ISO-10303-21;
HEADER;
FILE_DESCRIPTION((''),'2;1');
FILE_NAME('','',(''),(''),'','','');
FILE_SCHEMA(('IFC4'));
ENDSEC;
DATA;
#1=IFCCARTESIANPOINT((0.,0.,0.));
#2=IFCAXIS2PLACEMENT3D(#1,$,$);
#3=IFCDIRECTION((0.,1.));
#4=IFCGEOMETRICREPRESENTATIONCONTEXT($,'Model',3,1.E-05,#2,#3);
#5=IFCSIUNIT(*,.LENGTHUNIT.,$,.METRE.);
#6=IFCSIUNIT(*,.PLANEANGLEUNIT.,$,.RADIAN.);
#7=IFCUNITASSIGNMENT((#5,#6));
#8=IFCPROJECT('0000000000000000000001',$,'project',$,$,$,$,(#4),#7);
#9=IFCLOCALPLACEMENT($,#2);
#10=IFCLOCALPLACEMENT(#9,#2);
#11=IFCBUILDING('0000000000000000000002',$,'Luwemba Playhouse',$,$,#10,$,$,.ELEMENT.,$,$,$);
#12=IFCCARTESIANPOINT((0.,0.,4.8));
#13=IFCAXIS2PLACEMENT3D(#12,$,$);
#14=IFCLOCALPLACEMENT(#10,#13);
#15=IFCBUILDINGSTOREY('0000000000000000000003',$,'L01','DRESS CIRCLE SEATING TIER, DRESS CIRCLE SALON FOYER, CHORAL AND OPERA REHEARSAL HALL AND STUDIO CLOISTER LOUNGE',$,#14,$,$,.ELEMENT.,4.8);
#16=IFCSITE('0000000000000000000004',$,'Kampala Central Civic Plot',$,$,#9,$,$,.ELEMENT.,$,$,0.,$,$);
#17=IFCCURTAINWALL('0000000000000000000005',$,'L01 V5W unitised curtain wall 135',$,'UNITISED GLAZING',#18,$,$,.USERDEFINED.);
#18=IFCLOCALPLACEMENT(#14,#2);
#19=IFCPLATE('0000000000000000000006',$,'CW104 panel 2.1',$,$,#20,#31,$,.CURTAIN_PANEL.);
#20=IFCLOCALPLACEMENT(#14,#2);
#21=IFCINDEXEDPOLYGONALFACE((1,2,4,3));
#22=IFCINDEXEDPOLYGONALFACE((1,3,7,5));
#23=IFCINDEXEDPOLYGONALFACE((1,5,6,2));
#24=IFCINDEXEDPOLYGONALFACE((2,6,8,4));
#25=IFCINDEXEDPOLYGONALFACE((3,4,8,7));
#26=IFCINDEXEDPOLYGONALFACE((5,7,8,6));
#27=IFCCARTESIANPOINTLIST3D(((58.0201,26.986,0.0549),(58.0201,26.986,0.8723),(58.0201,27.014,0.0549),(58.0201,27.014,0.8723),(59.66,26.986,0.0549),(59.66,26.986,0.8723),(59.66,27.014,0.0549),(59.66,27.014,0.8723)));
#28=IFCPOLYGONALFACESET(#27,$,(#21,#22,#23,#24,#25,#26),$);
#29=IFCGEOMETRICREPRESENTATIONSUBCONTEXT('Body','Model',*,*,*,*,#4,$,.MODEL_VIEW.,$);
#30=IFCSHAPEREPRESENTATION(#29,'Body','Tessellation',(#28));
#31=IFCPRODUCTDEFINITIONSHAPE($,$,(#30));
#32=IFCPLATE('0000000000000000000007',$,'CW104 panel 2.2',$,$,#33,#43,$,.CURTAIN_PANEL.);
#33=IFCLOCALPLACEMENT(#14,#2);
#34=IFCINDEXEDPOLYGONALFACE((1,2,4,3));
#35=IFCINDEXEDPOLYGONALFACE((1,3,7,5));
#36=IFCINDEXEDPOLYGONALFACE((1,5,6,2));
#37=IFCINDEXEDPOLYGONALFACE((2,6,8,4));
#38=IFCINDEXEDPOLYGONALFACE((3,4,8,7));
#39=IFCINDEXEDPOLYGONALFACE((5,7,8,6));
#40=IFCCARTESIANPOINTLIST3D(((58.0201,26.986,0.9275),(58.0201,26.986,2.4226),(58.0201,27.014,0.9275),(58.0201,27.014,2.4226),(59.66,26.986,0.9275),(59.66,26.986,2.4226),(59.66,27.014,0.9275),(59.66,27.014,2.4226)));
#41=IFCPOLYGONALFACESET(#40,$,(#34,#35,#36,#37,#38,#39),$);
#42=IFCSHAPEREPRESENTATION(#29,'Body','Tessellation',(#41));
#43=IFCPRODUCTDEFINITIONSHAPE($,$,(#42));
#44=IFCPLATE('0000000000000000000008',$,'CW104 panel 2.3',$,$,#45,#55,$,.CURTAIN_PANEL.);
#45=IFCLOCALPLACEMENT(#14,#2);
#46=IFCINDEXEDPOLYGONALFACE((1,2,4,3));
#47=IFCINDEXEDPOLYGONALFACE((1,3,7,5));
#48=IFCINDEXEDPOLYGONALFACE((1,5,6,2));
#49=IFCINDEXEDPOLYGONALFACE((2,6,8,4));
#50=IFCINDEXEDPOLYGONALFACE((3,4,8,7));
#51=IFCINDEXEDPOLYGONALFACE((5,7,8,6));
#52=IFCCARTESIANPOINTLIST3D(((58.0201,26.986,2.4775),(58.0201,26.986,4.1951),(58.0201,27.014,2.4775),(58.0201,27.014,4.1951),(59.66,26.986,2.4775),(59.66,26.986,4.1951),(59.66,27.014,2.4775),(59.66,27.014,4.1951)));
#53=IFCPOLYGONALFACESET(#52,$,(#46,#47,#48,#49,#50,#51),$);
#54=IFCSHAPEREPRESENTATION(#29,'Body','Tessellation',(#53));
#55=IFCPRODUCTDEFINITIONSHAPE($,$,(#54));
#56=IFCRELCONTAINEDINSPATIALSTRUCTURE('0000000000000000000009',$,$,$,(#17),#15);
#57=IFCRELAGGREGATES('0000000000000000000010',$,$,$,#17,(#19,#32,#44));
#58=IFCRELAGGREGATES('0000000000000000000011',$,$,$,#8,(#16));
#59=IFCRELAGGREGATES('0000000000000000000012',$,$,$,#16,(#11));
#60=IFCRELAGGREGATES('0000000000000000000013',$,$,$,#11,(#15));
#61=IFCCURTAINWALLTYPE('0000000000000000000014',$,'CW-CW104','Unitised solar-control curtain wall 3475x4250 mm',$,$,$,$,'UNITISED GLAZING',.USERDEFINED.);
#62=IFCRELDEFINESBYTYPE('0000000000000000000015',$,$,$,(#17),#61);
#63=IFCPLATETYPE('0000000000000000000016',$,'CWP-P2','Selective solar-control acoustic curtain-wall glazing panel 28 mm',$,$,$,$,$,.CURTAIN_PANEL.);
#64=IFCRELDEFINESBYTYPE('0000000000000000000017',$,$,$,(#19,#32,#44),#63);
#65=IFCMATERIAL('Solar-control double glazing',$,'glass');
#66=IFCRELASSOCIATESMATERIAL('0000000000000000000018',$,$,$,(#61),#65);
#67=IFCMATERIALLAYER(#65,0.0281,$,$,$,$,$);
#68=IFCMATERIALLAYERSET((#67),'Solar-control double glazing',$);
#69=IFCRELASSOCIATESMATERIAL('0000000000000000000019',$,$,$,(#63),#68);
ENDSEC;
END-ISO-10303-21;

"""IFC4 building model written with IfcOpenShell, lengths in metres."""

from ifc_helpers import new_model, si_unit, direction, frame, origin, origin_2d, place, context, subcontext, project, spatial, rectangle, extrude, material, layer, layer_set, type_object, element, aggregate, save


model = new_model("IFC4")

# Units and contexts
model_context = context("Model", 3, precision=1e-05, world=origin(), true_north=direction((0.0, 1.0)))
body_context = subcontext(model_context, "Body", "Model", "MODEL_VIEW")
ifc_project = project(units=[si_unit("LENGTHUNIT", "METRE"), si_unit("PLANEANGLEUNIT", "RADIAN")], contexts=[model_context])

# Site, building, storey
site_placement = place(None, origin())
site = spatial("IfcSite", under=ifc_project, at=site_placement, Name="Kampala Central Civic Plot", CompositionType="ELEMENT", RefElevation=0.0)
building_placement = place(site_placement, origin())
building = spatial("IfcBuilding", under=site, at=building_placement, Name="Luwemba Playhouse", CompositionType="ELEMENT")
storey_placement = place(building_placement, frame((0.0, 0.0, 4.8)))
storey = spatial("IfcBuildingStorey", under=building, at=storey_placement, Name="L01", Description="DRESS CIRCLE SEATING TIER, DRESS CIRCLE SALON FOYER, CHORAL AND OPERA REHEARSAL HALL AND STUDIO CLOISTER LOUNGE", CompositionType="ELEMENT", Elevation=4.8)

# Curtain wall
ifc_material_1 = material(Name="Solar-control double glazing", Category="glass")
curtain_wall_type_1 = type_object("IfcCurtainWallType", Name="CW-CW104", Description="Unitised solar-control curtain wall 3475x4250 mm", ElementType="UNITISED GLAZING", PredefinedType="USERDEFINED", material=ifc_material_1)
curtain_wall_1_placement = place(storey_placement, origin())
curtain_wall_1 = element("IfcCurtainWall", 1, at=curtain_wall_1_placement, inside=storey, type_object=curtain_wall_type_1, Name="L01 V5W unitised curtain wall 135", ObjectType="UNITISED GLAZING", PredefinedType="USERDEFINED")

# Plates
ifc_layer_1 = layer(ifc_material_1, 0.0281)
ifc_layer_set_1 = layer_set([ifc_layer_1], Name="Solar-control double glazing")
plate_type_1 = type_object("IfcPlateType", Name="CWP-P2", Description="Selective solar-control acoustic curtain-wall glazing panel 28 mm", PredefinedType="CURTAIN_PANEL", material=ifc_layer_set_1)
plate_1_placement = place(storey_placement, frame((58.8401, 27.0, 0.0549), z_axis=(0.0, 0.0, 1.0), x_axis=(1.0, 0.0, 0.0)))
plate_1 = element("IfcPlate", 2, at=plate_1_placement, type_object=plate_type_1, Name="CW104 panel 2.1", PredefinedType="CURTAIN_PANEL", context=body_context, shape_type="SweptSolid", body=[
    extrude(rectangle(XDim=1.6399, YDim=0.0281, at=origin_2d()), origin(), (0.0, 0.0, 1.0), 0.8174),
])
plate_2_placement = place(storey_placement, frame((58.8401, 27.0, 0.9275), z_axis=(0.0, 0.0, 1.0), x_axis=(1.0, 0.0, 0.0)))
plate_2 = element("IfcPlate", 3, at=plate_2_placement, type_object=plate_type_1, Name="CW104 panel 2.2", PredefinedType="CURTAIN_PANEL", context=body_context, shape_type="SweptSolid", body=[
    extrude(rectangle(XDim=1.6399, YDim=0.0281, at=origin_2d()), origin(), (0.0, 0.0, 1.0), 1.4951),
])
plate_3_placement = place(storey_placement, frame((58.8401, 27.0, 2.4775), z_axis=(0.0, 0.0, 1.0), x_axis=(1.0, 0.0, 0.0)))
plate_3 = element("IfcPlate", 4, at=plate_3_placement, type_object=plate_type_1, Name="CW104 panel 2.3", PredefinedType="CURTAIN_PANEL", context=body_context, shape_type="SweptSolid", body=[
    extrude(rectangle(XDim=1.6399, YDim=0.0281, at=origin_2d()), origin(), (0.0, 0.0, 1.0), 1.7175),
])
aggregate(curtain_wall_1, [plate_1, plate_2, plate_3])

save(model, "model.ifc")
